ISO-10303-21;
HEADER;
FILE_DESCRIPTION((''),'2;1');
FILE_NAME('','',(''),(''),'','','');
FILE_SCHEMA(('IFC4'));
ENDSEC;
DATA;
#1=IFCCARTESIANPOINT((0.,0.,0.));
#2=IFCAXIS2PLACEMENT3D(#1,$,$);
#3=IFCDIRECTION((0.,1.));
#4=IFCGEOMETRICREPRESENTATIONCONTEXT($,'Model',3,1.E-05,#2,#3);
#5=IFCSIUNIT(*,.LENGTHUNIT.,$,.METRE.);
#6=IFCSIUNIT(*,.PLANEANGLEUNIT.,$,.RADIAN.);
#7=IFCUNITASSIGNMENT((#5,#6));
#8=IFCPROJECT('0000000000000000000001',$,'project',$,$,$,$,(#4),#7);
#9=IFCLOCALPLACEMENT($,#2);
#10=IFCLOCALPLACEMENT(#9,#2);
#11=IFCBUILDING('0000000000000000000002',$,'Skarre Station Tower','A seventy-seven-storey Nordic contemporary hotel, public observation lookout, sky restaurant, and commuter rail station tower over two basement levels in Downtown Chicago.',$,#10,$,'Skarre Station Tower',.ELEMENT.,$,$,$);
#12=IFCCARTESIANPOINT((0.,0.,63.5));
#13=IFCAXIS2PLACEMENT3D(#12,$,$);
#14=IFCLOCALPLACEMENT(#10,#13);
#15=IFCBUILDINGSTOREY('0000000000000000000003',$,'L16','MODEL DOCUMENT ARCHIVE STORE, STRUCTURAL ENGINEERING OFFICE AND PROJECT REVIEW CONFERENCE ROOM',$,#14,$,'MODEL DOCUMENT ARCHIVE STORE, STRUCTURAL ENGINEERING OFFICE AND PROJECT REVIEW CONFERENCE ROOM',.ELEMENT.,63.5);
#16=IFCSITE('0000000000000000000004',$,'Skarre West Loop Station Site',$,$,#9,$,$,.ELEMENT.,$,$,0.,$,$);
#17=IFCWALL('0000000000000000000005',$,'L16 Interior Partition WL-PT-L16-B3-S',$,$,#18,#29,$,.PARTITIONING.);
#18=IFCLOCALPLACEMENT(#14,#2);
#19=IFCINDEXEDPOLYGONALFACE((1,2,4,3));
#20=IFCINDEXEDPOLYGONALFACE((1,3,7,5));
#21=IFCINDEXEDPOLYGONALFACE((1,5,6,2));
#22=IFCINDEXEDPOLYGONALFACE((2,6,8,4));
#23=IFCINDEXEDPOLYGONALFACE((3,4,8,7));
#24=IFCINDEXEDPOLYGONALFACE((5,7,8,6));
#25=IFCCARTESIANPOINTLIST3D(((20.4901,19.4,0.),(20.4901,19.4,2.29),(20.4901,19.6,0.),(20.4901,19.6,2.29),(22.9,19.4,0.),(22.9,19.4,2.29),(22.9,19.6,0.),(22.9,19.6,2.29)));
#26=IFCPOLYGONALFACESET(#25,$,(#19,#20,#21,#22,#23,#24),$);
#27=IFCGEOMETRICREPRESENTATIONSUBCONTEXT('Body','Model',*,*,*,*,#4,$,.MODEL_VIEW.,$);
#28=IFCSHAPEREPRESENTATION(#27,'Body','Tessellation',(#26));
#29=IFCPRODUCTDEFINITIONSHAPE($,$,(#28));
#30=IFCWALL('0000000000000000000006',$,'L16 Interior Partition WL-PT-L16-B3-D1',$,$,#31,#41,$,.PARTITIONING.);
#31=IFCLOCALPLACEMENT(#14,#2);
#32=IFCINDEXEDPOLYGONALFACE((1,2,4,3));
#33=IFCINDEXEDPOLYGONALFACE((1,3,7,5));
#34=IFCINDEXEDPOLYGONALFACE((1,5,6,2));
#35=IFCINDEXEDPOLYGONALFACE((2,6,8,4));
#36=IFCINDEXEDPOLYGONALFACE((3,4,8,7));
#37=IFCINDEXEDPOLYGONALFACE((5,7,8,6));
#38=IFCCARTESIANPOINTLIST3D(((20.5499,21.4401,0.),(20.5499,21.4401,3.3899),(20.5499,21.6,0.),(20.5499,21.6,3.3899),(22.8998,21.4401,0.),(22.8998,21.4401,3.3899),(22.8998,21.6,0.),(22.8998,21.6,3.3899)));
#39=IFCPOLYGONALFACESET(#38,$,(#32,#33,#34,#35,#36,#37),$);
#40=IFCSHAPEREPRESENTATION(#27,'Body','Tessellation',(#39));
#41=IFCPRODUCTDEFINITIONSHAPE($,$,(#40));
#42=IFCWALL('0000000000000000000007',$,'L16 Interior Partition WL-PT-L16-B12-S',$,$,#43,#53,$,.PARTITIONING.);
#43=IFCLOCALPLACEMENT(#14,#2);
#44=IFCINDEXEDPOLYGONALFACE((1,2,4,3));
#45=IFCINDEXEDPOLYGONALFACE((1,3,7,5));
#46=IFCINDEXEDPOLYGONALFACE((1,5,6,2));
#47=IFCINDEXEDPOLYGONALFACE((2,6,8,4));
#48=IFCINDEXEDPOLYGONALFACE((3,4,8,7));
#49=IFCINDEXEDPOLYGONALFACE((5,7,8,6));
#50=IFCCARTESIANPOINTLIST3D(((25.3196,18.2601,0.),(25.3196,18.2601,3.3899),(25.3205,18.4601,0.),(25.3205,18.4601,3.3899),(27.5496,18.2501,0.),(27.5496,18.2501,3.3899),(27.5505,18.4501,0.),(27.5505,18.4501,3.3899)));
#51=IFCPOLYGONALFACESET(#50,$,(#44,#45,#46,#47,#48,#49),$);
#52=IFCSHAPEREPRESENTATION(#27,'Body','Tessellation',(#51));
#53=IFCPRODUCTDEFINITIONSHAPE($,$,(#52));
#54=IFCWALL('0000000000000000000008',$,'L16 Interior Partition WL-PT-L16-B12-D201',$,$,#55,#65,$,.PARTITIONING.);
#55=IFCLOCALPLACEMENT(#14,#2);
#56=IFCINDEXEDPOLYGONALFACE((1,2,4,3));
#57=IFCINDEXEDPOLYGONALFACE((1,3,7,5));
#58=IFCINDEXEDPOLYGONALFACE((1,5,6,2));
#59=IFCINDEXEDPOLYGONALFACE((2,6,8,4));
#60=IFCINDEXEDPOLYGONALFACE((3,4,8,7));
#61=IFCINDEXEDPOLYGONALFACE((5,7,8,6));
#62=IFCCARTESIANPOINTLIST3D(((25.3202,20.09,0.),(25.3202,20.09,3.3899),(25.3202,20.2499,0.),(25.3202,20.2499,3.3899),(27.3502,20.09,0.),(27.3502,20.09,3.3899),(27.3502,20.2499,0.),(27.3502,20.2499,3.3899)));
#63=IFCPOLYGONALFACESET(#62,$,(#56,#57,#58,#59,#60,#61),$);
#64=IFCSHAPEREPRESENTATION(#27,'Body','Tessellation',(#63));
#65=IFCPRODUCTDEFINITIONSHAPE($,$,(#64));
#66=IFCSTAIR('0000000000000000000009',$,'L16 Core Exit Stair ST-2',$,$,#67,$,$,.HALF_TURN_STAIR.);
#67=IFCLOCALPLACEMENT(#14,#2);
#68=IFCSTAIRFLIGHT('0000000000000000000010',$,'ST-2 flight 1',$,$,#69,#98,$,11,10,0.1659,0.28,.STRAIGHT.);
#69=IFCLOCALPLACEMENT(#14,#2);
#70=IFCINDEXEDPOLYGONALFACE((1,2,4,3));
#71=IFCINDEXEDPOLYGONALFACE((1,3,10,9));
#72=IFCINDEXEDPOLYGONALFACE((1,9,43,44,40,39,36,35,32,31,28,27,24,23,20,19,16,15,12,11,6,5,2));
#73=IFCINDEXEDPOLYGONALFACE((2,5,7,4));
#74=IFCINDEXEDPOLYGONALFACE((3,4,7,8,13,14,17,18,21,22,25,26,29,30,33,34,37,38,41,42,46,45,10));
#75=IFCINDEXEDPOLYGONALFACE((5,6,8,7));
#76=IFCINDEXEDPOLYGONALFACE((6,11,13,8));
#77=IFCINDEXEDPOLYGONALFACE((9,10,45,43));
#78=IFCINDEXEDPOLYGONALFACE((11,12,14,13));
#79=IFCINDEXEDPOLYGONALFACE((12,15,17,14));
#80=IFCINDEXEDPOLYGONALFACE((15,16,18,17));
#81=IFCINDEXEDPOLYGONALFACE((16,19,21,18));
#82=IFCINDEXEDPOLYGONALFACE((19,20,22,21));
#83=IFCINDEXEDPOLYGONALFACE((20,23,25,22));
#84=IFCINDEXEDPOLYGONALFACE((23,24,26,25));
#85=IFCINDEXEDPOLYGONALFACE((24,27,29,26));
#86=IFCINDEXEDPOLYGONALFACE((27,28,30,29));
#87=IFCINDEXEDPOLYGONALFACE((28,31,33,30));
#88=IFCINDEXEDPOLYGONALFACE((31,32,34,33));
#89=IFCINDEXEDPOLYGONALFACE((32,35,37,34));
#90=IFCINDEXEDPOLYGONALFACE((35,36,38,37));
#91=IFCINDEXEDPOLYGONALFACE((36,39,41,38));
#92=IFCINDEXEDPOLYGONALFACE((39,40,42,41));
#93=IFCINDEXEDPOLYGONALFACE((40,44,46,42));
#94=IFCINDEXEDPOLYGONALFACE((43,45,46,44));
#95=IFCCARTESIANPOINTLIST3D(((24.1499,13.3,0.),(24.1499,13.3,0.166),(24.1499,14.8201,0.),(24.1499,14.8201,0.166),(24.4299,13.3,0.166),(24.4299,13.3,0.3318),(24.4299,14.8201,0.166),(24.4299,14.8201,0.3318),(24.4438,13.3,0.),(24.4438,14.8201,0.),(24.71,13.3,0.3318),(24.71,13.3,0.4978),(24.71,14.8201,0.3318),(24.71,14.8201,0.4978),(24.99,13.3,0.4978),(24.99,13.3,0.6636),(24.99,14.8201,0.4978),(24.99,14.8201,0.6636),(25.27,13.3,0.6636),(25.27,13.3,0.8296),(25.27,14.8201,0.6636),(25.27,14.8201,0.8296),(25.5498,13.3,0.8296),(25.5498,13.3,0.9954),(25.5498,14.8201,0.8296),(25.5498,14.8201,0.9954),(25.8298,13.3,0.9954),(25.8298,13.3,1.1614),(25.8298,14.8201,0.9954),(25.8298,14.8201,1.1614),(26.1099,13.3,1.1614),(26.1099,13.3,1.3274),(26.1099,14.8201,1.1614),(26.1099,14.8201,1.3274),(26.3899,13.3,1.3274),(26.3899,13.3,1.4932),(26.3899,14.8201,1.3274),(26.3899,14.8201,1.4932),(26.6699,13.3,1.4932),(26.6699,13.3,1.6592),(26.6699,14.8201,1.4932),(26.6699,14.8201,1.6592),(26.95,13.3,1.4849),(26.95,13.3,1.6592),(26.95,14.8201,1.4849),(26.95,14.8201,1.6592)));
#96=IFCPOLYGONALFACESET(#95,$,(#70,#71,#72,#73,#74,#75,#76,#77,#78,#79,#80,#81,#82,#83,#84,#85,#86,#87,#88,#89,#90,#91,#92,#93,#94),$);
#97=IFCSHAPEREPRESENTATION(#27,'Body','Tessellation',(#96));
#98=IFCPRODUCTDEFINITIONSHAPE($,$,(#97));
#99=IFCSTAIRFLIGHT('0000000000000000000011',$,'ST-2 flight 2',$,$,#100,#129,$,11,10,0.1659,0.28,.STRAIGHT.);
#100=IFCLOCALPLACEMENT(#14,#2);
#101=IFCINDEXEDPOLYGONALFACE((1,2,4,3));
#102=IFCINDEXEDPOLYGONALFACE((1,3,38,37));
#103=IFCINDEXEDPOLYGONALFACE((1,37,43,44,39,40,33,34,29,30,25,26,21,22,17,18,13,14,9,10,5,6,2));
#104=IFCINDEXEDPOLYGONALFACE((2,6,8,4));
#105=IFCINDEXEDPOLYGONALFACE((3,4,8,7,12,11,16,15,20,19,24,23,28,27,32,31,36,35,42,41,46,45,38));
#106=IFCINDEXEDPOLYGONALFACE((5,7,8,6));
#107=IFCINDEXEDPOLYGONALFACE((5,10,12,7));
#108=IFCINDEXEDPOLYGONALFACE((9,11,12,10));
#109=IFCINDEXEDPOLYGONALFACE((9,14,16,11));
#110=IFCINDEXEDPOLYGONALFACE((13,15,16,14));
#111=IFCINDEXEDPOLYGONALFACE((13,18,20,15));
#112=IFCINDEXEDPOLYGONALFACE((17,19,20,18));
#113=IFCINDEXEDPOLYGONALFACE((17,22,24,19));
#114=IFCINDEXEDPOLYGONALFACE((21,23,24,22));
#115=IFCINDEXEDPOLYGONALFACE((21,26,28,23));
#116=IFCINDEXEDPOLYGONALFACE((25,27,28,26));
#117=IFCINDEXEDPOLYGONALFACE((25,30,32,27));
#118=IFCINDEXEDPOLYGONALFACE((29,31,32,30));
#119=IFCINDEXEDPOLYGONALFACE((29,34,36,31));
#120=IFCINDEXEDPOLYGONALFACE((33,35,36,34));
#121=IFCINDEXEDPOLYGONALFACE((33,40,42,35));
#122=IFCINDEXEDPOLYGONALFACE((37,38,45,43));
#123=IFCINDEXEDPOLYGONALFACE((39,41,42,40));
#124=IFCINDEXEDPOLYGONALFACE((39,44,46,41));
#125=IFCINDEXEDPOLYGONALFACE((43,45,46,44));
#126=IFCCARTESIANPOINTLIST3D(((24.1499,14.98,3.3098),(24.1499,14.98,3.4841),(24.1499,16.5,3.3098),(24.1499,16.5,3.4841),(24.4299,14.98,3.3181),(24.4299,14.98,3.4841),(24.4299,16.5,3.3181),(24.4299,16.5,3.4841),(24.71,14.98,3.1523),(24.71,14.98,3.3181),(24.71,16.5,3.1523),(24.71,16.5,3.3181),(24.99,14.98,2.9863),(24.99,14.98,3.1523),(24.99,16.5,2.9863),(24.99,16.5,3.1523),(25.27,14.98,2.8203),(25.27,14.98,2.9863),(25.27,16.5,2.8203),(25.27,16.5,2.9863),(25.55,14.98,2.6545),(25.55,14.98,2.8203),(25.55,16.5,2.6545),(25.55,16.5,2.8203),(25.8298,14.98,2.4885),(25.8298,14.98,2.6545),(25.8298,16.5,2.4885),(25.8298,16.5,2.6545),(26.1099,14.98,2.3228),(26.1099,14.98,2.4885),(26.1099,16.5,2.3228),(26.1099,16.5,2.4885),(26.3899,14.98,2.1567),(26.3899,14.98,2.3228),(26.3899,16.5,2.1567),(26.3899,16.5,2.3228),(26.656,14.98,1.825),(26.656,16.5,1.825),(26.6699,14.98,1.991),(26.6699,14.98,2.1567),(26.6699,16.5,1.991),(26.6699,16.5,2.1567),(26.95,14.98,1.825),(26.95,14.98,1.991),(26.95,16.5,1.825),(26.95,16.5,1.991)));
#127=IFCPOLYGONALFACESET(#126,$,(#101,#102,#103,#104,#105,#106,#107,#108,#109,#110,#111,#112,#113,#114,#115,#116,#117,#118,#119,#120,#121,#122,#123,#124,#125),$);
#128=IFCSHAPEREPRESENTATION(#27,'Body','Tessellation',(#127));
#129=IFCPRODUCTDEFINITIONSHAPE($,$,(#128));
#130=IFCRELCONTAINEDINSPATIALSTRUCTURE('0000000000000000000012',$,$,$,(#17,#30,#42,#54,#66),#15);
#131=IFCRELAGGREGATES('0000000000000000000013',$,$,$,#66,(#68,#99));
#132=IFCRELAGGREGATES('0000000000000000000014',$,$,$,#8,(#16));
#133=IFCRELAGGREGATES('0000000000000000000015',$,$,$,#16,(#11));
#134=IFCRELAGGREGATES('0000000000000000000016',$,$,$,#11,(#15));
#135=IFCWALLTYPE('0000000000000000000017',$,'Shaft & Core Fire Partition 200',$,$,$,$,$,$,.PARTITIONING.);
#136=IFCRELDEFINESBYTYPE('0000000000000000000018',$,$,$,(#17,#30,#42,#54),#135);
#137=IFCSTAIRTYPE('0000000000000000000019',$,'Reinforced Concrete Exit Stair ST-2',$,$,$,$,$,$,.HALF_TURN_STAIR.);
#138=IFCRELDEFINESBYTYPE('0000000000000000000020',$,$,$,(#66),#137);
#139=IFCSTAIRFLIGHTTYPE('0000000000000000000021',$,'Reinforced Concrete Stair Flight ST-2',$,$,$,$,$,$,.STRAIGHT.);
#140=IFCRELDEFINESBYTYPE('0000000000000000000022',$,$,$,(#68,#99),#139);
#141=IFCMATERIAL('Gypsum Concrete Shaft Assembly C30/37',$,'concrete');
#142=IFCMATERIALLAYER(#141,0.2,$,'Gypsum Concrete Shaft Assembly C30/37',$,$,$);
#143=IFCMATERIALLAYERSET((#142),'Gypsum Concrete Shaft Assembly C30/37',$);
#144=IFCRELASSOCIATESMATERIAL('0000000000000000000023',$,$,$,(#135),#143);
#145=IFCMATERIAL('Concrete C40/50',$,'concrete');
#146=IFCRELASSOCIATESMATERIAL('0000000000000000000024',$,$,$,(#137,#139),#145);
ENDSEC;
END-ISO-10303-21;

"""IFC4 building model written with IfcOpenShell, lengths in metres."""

from ifc_helpers import new_model, si_unit, direction, frame, frame_2d, origin, place, context, subcontext, project, spatial, polyline, rectangle, outline, extrude, material, layer, layer_set, type_object, element, aggregate, save


model = new_model("IFC4")

# Units and contexts
model_context = context("Model", 3, precision=1e-05, world=origin(), true_north=direction((0.0, 1.0)))
body_context = subcontext(model_context, "Body", "Model", "MODEL_VIEW")
ifc_project = project(units=[si_unit("LENGTHUNIT", "METRE"), si_unit("PLANEANGLEUNIT", "RADIAN")], contexts=[model_context])

# Site, building, storey
site_placement = place(None, origin())
site = spatial("IfcSite", under=ifc_project, at=site_placement, Name="Skarre West Loop Station Site", CompositionType="ELEMENT", RefElevation=0.0)
building_placement = place(site_placement, origin())
building = spatial("IfcBuilding", under=site, at=building_placement, Name="Skarre Station Tower", Description="A seventy-seven-storey Nordic contemporary hotel, public observation lookout, sky restaurant, and commuter rail station tower over two basement levels in Downtown Chicago.", LongName="Skarre Station Tower", CompositionType="ELEMENT")
storey_placement = place(building_placement, frame((0.0, 0.0, 63.5)))
storey = spatial("IfcBuildingStorey", under=building, at=storey_placement, Name="L16", Description="MODEL DOCUMENT ARCHIVE STORE, STRUCTURAL ENGINEERING OFFICE AND PROJECT REVIEW CONFERENCE ROOM", LongName="MODEL DOCUMENT ARCHIVE STORE, STRUCTURAL ENGINEERING OFFICE AND PROJECT REVIEW CONFERENCE ROOM", CompositionType="ELEMENT", Elevation=63.5)

# Walls
ifc_material_1 = material(Name="Gypsum Concrete Shaft Assembly C30/37", Category="concrete")
ifc_layer_1 = layer(ifc_material_1, 0.2, Name="Gypsum Concrete Shaft Assembly C30/37")
ifc_layer_set_1 = layer_set([ifc_layer_1], Name="Gypsum Concrete Shaft Assembly C30/37")
wall_type_1 = type_object("IfcWallType", Name="Shaft & Core Fire Partition 200", PredefinedType="PARTITIONING", material=ifc_layer_set_1)
wall_1_placement = place(storey_placement, frame((20.49, 19.5, 0.0), z_axis=(0.0, 0.0, 1.0), x_axis=(1.0, 0.0, 0.0)))
element("IfcWall", 1, at=wall_1_placement, inside=storey, type_object=wall_type_1, Name="L16 Interior Partition WL-PT-L16-B3-S", PredefinedType="PARTITIONING", context=body_context, shape_type="SweptSolid", body=[
    extrude(rectangle(XDim=2.4099, YDim=0.2, at=frame_2d((1.2051, 0.0))), origin(), (0.0, 0.0, 1.0), 2.29),
])
wall_2_placement = place(storey_placement, frame((20.55, 21.52, 0.0), z_axis=(0.0, 0.0, 1.0), x_axis=(1.0, 0.0, 0.0)))
element("IfcWall", 2, at=wall_2_placement, inside=storey, type_object=wall_type_1, Name="L16 Interior Partition WL-PT-L16-B3-D1", PredefinedType="PARTITIONING", context=body_context, shape_type="SweptSolid", body=[
    extrude(rectangle(XDim=2.3499, YDim=0.1599, at=frame_2d((1.1748, 0.0))), origin(), (0.0, 0.0, 1.0), 3.3899),
])
wall_3_placement = place(storey_placement, frame((25.3201, 18.3601, 0.0), z_axis=(0.0, 0.0, 1.0), x_axis=(0.99999, -0.004489, 0.0)))
element("IfcWall", 3, at=wall_3_placement, inside=storey, type_object=wall_type_1, Name="L16 Interior Partition WL-PT-L16-B12-S", PredefinedType="PARTITIONING", context=body_context, shape_type="SweptSolid", body=[
    extrude(rectangle(XDim=2.23, YDim=0.2, at=frame_2d((1.115, 0.0))), origin(), (0.0, 0.0, 1.0), 3.3899),
])
wall_4_placement = place(storey_placement, frame((25.3201, 20.1699, 0.0), z_axis=(0.0, 0.0, 1.0), x_axis=(1.0, 0.0, 0.0)))
element("IfcWall", 4, at=wall_4_placement, inside=storey, type_object=wall_type_1, Name="L16 Interior Partition WL-PT-L16-B12-D201", PredefinedType="PARTITIONING", context=body_context, shape_type="SweptSolid", body=[
    extrude(rectangle(XDim=2.03, YDim=0.1599, at=frame_2d((1.0151, 0.0))), origin(), (0.0, 0.0, 1.0), 3.3899),
])

# Stair, stair flights
ifc_material_2 = material(Name="Concrete C40/50", Category="concrete")
stair_type = type_object("IfcStairType", Name="Reinforced Concrete Exit Stair ST-2", PredefinedType="HALF_TURN_STAIR", material=ifc_material_2)
stair_placement = place(storey_placement, origin())
stair = element("IfcStair", 5, at=stair_placement, inside=storey, type_object=stair_type, Name="L16 Core Exit Stair ST-2", PredefinedType="HALF_TURN_STAIR")
stair_flight_type = type_object("IfcStairFlightType", Name="Reinforced Concrete Stair Flight ST-2", PredefinedType="STRAIGHT", material=ifc_material_2)
stair_flight_1_placement = place(storey_placement, frame((24.1499, 14.0601, 0.0), z_axis=(0.0, 0.0, 1.0), x_axis=(1.0, 0.0, 0.0)))
stair_flight_1 = element("IfcStairFlight", 6, at=stair_flight_1_placement, type_object=stair_flight_type, Name="ST-2 flight 1", NumberOfRisers=11, NumberOfTreads=10, PredefinedType="STRAIGHT", RiserHeight=0.1659, TreadLength=0.28, context=body_context, shape_type="SweptSolid", body=[
    extrude(outline(polyline([(0.0, 0.0), (0.0, 0.166), (0.28, 0.166), (0.28, 0.3318), (0.5601, 0.3318), (0.5601, 0.4978), (0.8401, 0.4978), (0.8401, 0.6636), (1.1201, 0.6636), (1.1201, 0.8296), (1.3999, 0.8296), (1.3999, 0.9954), (1.6799, 0.9954), (1.6799, 1.1614), (1.96, 1.1614), (1.96, 1.3274), (2.24, 1.3274), (2.24, 1.4932), (2.52, 1.4932), (2.52, 1.6592), (2.8, 1.6592), (2.8, 1.825), (2.8, 1.4849), (0.2939, 0.0), (0.0, 0.0)])), frame((0.0, 0.76, 0.0), z_axis=(0.0, -1.0, 0.0), x_axis=(1.0, 0.0, 0.0)), (0.0, 0.0, 1.0), 1.52),
])
stair_flight_2_placement = place(storey_placement, frame((26.95, 15.74, 1.825), z_axis=(0.0, 0.0, 1.0), x_axis=(-1.0, 0.0, 0.0)))
stair_flight_2 = element("IfcStairFlight", 7, at=stair_flight_2_placement, type_object=stair_flight_type, Name="ST-2 flight 2", NumberOfRisers=11, NumberOfTreads=10, PredefinedType="STRAIGHT", RiserHeight=0.1659, TreadLength=0.28, context=body_context, shape_type="SweptSolid", body=[
    extrude(outline(polyline([(0.0, 0.0), (0.0, 0.166), (0.28, 0.166), (0.28, 0.3318), (0.5601, 0.3318), (0.5601, 0.4978), (0.8401, 0.4978), (0.8401, 0.6636), (1.1201, 0.6636), (1.1201, 0.8296), (1.3999, 0.8296), (1.3999, 0.9954), (1.6799, 0.9954), (1.6799, 1.1614), (1.96, 1.1614), (1.96, 1.3274), (2.24, 1.3274), (2.24, 1.4932), (2.52, 1.4932), (2.52, 1.6592), (2.8, 1.6592), (2.8, 1.825), (2.8, 1.4849), (0.2939, 0.0), (0.0, 0.0)])), frame((0.0, 0.76, 0.0), z_axis=(0.0, -1.0, 0.0), x_axis=(1.0, 0.0, 0.0)), (0.0, 0.0, 1.0), 1.52),
])
aggregate(stair, [stair_flight_1, stair_flight_2])

save(model, "model.ifc")
